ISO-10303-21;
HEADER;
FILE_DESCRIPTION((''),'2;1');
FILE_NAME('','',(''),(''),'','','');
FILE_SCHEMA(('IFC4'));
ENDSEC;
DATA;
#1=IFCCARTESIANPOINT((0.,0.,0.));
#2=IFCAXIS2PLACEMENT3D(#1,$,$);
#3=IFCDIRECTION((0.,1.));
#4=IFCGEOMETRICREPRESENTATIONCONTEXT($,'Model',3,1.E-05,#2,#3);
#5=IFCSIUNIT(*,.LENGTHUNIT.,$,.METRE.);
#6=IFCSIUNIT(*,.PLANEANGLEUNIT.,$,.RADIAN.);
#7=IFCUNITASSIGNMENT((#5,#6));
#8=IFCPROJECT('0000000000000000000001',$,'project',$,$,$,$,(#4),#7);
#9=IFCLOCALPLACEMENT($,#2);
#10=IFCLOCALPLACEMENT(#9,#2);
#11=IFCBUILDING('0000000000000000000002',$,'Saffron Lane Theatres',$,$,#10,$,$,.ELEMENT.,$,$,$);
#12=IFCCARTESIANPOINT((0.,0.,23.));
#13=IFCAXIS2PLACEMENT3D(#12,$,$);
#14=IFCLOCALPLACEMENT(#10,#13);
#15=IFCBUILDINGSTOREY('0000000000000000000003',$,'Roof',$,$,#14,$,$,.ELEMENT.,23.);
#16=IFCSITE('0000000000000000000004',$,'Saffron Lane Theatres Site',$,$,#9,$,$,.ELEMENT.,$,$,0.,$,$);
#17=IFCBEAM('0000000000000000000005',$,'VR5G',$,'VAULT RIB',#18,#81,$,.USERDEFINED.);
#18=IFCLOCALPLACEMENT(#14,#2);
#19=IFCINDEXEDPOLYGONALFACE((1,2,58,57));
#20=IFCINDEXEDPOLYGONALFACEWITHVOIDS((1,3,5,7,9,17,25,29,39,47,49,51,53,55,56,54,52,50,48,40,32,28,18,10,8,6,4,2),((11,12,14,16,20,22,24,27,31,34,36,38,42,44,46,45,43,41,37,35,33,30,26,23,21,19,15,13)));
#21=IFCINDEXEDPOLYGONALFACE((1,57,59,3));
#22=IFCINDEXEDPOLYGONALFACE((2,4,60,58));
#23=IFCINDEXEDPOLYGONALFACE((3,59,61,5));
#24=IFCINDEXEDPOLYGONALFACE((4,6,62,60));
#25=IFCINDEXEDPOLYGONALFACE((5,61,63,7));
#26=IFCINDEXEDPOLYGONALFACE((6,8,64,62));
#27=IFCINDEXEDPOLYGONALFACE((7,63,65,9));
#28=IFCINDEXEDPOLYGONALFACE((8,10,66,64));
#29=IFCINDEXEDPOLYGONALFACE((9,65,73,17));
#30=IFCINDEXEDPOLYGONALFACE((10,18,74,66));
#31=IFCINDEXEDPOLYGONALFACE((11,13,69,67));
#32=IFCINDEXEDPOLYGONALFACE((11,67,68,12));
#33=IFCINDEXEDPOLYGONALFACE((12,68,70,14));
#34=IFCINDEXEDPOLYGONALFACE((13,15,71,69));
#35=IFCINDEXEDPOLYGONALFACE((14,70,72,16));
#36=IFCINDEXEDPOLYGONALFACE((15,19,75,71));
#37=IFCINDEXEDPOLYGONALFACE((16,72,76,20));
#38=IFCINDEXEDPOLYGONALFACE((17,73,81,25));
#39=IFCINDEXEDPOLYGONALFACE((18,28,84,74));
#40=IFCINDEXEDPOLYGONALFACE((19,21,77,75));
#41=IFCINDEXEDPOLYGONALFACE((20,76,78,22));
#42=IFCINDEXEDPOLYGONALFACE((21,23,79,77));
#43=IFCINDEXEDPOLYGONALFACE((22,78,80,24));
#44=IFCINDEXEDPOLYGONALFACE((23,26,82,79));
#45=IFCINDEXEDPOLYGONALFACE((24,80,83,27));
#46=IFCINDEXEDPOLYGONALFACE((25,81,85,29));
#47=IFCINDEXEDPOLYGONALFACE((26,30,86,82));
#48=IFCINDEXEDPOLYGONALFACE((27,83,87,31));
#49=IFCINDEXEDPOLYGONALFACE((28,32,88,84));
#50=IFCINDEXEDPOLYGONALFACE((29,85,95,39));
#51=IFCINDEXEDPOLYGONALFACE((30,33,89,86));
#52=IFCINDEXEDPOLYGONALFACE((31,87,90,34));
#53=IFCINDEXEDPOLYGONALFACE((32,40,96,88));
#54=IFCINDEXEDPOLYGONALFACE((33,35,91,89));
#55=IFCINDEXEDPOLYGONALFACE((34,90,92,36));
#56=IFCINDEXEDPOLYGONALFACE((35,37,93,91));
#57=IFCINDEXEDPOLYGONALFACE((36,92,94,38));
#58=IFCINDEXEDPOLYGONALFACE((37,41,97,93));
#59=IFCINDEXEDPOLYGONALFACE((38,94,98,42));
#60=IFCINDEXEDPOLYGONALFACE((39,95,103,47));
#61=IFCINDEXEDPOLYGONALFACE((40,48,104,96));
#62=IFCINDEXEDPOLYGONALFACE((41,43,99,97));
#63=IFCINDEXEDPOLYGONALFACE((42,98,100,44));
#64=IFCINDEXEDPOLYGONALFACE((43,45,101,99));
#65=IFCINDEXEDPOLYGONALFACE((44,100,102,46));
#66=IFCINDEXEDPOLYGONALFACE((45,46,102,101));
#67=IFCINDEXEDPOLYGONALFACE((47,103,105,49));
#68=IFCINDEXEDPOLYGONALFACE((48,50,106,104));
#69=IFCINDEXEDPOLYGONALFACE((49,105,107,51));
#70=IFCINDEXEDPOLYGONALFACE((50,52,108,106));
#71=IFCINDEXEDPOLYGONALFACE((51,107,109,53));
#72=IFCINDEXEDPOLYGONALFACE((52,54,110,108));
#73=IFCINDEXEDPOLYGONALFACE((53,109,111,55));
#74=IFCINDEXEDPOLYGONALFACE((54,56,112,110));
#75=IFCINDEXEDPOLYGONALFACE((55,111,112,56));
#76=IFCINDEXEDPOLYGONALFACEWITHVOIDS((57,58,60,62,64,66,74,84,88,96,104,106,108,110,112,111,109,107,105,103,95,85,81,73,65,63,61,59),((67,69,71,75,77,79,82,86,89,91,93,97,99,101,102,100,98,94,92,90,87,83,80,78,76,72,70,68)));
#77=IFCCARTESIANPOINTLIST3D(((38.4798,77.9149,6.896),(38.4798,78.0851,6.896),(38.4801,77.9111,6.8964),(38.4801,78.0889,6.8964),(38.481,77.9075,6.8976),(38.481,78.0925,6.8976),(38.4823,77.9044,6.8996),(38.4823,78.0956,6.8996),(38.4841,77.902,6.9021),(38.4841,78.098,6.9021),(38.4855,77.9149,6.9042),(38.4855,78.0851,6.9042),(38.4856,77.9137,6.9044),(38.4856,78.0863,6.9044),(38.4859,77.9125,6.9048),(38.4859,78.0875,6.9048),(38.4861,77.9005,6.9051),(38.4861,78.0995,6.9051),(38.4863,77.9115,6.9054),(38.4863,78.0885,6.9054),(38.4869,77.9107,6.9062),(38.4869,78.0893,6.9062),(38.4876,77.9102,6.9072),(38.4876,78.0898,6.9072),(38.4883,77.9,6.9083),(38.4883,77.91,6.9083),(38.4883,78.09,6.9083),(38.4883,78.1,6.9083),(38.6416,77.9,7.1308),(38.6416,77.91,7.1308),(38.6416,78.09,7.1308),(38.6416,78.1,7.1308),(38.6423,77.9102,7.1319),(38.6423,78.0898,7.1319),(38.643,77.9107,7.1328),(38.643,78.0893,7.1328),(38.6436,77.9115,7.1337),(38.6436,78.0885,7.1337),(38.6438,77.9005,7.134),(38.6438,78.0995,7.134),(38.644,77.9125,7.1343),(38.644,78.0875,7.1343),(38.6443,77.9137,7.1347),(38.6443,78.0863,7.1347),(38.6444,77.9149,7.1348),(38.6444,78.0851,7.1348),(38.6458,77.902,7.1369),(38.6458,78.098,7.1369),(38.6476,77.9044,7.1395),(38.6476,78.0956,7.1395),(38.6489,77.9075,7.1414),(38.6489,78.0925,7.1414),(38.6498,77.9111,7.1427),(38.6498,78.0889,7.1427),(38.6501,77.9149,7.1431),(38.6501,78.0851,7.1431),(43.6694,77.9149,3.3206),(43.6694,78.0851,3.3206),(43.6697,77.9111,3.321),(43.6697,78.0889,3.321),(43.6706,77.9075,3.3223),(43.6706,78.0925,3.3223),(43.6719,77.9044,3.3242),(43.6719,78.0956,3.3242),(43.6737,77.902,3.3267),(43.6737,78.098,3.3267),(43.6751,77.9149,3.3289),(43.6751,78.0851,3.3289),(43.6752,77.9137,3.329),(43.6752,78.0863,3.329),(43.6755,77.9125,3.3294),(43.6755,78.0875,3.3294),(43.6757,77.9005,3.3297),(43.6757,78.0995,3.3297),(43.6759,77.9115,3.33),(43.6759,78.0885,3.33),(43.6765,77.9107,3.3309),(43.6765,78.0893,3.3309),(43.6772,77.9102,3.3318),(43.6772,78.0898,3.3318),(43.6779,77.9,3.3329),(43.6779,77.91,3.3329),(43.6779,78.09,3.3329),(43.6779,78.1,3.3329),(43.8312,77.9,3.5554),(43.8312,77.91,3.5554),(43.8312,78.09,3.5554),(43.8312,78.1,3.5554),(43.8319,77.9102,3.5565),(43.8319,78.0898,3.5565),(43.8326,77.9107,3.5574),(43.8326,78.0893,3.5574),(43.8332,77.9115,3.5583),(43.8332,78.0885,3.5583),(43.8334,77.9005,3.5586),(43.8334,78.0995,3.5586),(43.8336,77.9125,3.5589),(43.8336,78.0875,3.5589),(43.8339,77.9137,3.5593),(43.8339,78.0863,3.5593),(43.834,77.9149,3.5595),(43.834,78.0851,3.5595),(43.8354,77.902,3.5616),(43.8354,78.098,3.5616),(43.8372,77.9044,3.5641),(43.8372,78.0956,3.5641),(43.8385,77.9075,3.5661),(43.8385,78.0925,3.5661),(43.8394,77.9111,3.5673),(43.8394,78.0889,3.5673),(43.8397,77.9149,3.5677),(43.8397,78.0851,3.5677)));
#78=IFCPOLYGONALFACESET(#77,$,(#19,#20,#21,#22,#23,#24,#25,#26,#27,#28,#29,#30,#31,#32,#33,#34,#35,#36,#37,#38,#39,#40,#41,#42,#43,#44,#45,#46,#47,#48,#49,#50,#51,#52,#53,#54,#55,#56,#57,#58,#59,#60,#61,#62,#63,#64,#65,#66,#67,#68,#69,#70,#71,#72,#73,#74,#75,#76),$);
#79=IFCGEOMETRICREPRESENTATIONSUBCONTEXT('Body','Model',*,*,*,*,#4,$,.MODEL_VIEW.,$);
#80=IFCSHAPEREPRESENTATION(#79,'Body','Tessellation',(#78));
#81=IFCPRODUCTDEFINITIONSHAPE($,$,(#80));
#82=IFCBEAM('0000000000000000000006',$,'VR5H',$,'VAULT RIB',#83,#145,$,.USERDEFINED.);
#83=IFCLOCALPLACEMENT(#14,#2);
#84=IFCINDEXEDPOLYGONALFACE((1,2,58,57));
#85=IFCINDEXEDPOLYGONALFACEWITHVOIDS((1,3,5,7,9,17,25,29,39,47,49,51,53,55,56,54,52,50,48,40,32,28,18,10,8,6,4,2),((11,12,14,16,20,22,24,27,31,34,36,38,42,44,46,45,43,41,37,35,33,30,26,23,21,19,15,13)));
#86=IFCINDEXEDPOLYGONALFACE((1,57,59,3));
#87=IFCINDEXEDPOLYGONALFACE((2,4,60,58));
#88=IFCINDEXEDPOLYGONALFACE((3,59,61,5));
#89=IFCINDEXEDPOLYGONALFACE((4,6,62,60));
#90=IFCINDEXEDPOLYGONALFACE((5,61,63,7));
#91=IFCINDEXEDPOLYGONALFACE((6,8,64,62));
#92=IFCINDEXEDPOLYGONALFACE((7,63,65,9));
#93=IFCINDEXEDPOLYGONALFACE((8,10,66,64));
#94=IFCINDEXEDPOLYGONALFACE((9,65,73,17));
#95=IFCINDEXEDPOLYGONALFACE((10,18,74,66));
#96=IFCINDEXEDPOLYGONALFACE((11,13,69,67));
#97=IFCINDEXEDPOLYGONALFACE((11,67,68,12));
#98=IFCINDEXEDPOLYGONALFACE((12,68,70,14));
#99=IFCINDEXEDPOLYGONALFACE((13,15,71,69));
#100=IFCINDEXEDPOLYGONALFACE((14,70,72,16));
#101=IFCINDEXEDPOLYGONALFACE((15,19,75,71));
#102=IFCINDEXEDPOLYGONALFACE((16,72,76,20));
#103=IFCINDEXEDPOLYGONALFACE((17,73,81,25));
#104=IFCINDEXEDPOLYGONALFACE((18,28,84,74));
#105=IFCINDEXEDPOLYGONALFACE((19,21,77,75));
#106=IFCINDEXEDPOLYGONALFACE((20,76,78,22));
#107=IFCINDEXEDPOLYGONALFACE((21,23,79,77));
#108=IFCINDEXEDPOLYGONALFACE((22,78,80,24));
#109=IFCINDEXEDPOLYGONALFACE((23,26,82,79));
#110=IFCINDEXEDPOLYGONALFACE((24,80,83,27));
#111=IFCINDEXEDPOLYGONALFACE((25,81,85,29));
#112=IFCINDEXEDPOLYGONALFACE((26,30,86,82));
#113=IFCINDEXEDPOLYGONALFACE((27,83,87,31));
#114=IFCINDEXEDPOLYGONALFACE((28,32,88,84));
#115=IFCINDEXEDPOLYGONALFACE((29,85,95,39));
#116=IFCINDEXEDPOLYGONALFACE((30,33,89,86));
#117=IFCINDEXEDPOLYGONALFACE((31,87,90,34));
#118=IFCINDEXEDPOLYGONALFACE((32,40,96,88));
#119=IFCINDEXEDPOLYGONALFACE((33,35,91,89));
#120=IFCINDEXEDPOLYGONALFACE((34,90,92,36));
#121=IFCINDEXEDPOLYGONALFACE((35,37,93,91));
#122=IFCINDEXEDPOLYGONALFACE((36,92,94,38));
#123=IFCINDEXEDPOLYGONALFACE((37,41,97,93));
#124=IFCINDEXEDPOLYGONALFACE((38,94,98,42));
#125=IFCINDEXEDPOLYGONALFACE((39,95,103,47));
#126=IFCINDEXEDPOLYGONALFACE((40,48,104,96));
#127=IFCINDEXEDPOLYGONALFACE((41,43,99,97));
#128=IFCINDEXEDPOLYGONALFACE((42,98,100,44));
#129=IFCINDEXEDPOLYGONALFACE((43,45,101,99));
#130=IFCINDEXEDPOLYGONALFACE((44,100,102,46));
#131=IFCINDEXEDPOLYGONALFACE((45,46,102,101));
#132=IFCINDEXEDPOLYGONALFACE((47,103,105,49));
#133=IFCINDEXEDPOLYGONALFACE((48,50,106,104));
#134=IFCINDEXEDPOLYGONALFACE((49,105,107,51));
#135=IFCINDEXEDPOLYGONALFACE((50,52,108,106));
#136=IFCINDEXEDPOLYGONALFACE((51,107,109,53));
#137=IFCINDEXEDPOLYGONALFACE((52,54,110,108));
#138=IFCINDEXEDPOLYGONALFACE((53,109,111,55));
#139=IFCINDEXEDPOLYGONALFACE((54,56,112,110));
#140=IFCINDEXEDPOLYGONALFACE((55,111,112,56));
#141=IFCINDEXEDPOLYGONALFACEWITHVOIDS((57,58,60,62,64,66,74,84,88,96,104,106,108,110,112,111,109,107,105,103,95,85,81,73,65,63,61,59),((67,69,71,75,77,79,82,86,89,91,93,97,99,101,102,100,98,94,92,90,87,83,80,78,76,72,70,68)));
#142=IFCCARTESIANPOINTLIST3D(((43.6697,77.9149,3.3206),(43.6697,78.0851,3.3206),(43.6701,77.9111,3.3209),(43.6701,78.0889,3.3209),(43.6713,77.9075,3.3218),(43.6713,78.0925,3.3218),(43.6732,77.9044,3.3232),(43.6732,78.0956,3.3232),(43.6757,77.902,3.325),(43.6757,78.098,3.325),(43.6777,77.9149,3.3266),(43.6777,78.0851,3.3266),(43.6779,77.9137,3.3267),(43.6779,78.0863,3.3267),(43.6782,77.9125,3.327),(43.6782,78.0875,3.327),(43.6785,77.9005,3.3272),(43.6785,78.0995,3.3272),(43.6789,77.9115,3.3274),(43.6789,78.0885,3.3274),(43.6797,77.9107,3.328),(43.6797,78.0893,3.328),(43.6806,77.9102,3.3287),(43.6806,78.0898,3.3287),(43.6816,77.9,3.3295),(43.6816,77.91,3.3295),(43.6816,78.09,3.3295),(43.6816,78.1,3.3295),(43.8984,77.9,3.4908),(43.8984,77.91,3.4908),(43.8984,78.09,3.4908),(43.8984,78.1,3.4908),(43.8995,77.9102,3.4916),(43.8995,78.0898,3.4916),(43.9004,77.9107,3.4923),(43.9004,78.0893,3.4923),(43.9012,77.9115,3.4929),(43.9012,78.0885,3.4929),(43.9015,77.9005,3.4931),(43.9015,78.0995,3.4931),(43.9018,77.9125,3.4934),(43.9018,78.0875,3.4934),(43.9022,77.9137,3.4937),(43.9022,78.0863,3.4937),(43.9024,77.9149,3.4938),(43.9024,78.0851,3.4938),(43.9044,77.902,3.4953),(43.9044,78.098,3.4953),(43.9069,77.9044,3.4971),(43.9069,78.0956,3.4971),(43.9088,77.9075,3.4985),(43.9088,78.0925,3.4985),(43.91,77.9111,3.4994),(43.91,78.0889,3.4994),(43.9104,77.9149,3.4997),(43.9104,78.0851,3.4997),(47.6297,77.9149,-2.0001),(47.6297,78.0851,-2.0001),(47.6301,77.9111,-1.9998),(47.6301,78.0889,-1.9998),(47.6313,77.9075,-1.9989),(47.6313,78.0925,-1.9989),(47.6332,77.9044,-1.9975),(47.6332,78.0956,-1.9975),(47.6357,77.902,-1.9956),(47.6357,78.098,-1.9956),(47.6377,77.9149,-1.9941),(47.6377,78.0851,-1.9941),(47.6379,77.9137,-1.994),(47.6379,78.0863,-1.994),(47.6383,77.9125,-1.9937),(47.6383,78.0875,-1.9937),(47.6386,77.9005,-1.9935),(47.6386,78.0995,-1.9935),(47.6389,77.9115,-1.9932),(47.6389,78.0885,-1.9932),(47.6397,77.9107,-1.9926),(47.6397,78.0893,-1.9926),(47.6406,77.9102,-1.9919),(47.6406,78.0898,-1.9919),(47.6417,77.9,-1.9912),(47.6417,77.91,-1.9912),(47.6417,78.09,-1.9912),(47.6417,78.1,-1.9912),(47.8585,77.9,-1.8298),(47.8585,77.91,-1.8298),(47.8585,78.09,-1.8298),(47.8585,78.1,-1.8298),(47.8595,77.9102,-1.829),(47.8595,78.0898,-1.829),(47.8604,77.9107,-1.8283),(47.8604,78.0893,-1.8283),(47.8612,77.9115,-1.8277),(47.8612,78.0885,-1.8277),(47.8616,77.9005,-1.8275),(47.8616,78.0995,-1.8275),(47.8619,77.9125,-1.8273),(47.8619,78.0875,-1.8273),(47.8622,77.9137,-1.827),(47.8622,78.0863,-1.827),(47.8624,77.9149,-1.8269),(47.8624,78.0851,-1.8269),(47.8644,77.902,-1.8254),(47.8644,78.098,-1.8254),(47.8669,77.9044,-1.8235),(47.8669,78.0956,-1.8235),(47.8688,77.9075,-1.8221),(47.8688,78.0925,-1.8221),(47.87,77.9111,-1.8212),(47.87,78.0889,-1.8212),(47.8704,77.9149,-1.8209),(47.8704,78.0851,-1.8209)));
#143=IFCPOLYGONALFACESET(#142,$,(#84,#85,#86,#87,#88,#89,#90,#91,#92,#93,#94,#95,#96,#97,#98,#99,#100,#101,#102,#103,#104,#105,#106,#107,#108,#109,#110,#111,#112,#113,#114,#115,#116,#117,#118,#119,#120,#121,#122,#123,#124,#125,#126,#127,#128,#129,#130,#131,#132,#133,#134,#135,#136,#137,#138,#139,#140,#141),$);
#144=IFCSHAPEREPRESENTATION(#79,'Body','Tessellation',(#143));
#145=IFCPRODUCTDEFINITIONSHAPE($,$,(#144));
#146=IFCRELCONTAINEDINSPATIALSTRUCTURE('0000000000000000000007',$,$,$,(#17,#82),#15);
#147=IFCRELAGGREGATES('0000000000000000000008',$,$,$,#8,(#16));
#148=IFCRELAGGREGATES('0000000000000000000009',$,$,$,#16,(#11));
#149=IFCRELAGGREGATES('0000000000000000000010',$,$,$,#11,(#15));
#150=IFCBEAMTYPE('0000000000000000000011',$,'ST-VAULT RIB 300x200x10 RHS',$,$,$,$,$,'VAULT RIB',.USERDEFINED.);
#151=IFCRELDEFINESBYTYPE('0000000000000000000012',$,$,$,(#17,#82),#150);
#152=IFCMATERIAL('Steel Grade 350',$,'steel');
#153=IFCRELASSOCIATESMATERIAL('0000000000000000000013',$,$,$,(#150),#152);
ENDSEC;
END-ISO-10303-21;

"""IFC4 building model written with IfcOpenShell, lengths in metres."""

from ifc_helpers import new_model, si_unit, direction, frame, origin, origin_2d, place, context, subcontext, project, spatial, hollow_rectangle, extrude, material, material_profile, profile_set, type_object, element, save


model = new_model("IFC4")

# Units and contexts
model_context = context("Model", 3, precision=1e-05, world=origin(), true_north=direction((0.0, 1.0)))
body_context = subcontext(model_context, "Body", "Model", "MODEL_VIEW")
ifc_project = project(units=[si_unit("LENGTHUNIT", "METRE"), si_unit("PLANEANGLEUNIT", "RADIAN")], contexts=[model_context])

# Site, building, storey
site_placement = place(None, origin())
site = spatial("IfcSite", under=ifc_project, at=site_placement, Name="Saffron Lane Theatres Site", CompositionType="ELEMENT", RefElevation=0.0)
building_placement = place(site_placement, origin())
building = spatial("IfcBuilding", under=site, at=building_placement, Name="Saffron Lane Theatres", CompositionType="ELEMENT")
storey_placement = place(building_placement, frame((0.0, 0.0, 23.0)))
storey = spatial("IfcBuildingStorey", under=building, at=storey_placement, Name="Roof", CompositionType="ELEMENT", Elevation=23.0)

# Beams
ifc_material_1 = material(Name="Steel Grade 350", Category="steel")
ifc_material_profile_1 = material_profile(ifc_material_1, hollow_rectangle(XDim=0.2, YDim=0.3, WallThickness=0.01, InnerFilletRadius=0.0049, OuterFilletRadius=0.0149, at=origin_2d()))
ifc_profile_set_1 = profile_set([ifc_material_profile_1], Name="Steel Grade 350")
beam_type = type_object("IfcBeamType", Name="ST-VAULT RIB 300x200x10 RHS", ElementType="VAULT RIB", PredefinedType="USERDEFINED", material=ifc_profile_set_1)
beam_1_placement = place(storey_placement, frame((38.5649, 78.0, 7.0195), z_axis=(0.823484, 0.0, -0.567339), x_axis=(0.0, 1.0, 0.0)))
element("IfcBeam", 1, at=beam_1_placement, inside=storey, type_object=beam_type, Name="VR5G", ObjectType="VAULT RIB", PredefinedType="USERDEFINED", context=body_context, shape_type="SweptSolid", body=[
    extrude(hollow_rectangle(XDim=0.2, YDim=0.3, WallThickness=0.01, InnerFilletRadius=0.0049, OuterFilletRadius=0.0149, at=origin_2d()), origin(), (0.0, 0.0, 1.0), 6.302),
])
beam_2_placement = place(storey_placement, frame((43.79, 78.0, 3.4102), z_axis=(0.597057, 0.0, -0.802199), x_axis=(0.0, 1.0, 0.0)))
element("IfcBeam", 2, at=beam_2_placement, inside=storey, type_object=beam_type, Name="VR5H", ObjectType="VAULT RIB", PredefinedType="USERDEFINED", context=body_context, shape_type="SweptSolid", body=[
    extrude(hollow_rectangle(XDim=0.2, YDim=0.3, WallThickness=0.01, InnerFilletRadius=0.0049, OuterFilletRadius=0.0149, at=origin_2d()), origin(), (0.0, 0.0, 1.0), 6.6326),
])

save(model, "model.ifc")
